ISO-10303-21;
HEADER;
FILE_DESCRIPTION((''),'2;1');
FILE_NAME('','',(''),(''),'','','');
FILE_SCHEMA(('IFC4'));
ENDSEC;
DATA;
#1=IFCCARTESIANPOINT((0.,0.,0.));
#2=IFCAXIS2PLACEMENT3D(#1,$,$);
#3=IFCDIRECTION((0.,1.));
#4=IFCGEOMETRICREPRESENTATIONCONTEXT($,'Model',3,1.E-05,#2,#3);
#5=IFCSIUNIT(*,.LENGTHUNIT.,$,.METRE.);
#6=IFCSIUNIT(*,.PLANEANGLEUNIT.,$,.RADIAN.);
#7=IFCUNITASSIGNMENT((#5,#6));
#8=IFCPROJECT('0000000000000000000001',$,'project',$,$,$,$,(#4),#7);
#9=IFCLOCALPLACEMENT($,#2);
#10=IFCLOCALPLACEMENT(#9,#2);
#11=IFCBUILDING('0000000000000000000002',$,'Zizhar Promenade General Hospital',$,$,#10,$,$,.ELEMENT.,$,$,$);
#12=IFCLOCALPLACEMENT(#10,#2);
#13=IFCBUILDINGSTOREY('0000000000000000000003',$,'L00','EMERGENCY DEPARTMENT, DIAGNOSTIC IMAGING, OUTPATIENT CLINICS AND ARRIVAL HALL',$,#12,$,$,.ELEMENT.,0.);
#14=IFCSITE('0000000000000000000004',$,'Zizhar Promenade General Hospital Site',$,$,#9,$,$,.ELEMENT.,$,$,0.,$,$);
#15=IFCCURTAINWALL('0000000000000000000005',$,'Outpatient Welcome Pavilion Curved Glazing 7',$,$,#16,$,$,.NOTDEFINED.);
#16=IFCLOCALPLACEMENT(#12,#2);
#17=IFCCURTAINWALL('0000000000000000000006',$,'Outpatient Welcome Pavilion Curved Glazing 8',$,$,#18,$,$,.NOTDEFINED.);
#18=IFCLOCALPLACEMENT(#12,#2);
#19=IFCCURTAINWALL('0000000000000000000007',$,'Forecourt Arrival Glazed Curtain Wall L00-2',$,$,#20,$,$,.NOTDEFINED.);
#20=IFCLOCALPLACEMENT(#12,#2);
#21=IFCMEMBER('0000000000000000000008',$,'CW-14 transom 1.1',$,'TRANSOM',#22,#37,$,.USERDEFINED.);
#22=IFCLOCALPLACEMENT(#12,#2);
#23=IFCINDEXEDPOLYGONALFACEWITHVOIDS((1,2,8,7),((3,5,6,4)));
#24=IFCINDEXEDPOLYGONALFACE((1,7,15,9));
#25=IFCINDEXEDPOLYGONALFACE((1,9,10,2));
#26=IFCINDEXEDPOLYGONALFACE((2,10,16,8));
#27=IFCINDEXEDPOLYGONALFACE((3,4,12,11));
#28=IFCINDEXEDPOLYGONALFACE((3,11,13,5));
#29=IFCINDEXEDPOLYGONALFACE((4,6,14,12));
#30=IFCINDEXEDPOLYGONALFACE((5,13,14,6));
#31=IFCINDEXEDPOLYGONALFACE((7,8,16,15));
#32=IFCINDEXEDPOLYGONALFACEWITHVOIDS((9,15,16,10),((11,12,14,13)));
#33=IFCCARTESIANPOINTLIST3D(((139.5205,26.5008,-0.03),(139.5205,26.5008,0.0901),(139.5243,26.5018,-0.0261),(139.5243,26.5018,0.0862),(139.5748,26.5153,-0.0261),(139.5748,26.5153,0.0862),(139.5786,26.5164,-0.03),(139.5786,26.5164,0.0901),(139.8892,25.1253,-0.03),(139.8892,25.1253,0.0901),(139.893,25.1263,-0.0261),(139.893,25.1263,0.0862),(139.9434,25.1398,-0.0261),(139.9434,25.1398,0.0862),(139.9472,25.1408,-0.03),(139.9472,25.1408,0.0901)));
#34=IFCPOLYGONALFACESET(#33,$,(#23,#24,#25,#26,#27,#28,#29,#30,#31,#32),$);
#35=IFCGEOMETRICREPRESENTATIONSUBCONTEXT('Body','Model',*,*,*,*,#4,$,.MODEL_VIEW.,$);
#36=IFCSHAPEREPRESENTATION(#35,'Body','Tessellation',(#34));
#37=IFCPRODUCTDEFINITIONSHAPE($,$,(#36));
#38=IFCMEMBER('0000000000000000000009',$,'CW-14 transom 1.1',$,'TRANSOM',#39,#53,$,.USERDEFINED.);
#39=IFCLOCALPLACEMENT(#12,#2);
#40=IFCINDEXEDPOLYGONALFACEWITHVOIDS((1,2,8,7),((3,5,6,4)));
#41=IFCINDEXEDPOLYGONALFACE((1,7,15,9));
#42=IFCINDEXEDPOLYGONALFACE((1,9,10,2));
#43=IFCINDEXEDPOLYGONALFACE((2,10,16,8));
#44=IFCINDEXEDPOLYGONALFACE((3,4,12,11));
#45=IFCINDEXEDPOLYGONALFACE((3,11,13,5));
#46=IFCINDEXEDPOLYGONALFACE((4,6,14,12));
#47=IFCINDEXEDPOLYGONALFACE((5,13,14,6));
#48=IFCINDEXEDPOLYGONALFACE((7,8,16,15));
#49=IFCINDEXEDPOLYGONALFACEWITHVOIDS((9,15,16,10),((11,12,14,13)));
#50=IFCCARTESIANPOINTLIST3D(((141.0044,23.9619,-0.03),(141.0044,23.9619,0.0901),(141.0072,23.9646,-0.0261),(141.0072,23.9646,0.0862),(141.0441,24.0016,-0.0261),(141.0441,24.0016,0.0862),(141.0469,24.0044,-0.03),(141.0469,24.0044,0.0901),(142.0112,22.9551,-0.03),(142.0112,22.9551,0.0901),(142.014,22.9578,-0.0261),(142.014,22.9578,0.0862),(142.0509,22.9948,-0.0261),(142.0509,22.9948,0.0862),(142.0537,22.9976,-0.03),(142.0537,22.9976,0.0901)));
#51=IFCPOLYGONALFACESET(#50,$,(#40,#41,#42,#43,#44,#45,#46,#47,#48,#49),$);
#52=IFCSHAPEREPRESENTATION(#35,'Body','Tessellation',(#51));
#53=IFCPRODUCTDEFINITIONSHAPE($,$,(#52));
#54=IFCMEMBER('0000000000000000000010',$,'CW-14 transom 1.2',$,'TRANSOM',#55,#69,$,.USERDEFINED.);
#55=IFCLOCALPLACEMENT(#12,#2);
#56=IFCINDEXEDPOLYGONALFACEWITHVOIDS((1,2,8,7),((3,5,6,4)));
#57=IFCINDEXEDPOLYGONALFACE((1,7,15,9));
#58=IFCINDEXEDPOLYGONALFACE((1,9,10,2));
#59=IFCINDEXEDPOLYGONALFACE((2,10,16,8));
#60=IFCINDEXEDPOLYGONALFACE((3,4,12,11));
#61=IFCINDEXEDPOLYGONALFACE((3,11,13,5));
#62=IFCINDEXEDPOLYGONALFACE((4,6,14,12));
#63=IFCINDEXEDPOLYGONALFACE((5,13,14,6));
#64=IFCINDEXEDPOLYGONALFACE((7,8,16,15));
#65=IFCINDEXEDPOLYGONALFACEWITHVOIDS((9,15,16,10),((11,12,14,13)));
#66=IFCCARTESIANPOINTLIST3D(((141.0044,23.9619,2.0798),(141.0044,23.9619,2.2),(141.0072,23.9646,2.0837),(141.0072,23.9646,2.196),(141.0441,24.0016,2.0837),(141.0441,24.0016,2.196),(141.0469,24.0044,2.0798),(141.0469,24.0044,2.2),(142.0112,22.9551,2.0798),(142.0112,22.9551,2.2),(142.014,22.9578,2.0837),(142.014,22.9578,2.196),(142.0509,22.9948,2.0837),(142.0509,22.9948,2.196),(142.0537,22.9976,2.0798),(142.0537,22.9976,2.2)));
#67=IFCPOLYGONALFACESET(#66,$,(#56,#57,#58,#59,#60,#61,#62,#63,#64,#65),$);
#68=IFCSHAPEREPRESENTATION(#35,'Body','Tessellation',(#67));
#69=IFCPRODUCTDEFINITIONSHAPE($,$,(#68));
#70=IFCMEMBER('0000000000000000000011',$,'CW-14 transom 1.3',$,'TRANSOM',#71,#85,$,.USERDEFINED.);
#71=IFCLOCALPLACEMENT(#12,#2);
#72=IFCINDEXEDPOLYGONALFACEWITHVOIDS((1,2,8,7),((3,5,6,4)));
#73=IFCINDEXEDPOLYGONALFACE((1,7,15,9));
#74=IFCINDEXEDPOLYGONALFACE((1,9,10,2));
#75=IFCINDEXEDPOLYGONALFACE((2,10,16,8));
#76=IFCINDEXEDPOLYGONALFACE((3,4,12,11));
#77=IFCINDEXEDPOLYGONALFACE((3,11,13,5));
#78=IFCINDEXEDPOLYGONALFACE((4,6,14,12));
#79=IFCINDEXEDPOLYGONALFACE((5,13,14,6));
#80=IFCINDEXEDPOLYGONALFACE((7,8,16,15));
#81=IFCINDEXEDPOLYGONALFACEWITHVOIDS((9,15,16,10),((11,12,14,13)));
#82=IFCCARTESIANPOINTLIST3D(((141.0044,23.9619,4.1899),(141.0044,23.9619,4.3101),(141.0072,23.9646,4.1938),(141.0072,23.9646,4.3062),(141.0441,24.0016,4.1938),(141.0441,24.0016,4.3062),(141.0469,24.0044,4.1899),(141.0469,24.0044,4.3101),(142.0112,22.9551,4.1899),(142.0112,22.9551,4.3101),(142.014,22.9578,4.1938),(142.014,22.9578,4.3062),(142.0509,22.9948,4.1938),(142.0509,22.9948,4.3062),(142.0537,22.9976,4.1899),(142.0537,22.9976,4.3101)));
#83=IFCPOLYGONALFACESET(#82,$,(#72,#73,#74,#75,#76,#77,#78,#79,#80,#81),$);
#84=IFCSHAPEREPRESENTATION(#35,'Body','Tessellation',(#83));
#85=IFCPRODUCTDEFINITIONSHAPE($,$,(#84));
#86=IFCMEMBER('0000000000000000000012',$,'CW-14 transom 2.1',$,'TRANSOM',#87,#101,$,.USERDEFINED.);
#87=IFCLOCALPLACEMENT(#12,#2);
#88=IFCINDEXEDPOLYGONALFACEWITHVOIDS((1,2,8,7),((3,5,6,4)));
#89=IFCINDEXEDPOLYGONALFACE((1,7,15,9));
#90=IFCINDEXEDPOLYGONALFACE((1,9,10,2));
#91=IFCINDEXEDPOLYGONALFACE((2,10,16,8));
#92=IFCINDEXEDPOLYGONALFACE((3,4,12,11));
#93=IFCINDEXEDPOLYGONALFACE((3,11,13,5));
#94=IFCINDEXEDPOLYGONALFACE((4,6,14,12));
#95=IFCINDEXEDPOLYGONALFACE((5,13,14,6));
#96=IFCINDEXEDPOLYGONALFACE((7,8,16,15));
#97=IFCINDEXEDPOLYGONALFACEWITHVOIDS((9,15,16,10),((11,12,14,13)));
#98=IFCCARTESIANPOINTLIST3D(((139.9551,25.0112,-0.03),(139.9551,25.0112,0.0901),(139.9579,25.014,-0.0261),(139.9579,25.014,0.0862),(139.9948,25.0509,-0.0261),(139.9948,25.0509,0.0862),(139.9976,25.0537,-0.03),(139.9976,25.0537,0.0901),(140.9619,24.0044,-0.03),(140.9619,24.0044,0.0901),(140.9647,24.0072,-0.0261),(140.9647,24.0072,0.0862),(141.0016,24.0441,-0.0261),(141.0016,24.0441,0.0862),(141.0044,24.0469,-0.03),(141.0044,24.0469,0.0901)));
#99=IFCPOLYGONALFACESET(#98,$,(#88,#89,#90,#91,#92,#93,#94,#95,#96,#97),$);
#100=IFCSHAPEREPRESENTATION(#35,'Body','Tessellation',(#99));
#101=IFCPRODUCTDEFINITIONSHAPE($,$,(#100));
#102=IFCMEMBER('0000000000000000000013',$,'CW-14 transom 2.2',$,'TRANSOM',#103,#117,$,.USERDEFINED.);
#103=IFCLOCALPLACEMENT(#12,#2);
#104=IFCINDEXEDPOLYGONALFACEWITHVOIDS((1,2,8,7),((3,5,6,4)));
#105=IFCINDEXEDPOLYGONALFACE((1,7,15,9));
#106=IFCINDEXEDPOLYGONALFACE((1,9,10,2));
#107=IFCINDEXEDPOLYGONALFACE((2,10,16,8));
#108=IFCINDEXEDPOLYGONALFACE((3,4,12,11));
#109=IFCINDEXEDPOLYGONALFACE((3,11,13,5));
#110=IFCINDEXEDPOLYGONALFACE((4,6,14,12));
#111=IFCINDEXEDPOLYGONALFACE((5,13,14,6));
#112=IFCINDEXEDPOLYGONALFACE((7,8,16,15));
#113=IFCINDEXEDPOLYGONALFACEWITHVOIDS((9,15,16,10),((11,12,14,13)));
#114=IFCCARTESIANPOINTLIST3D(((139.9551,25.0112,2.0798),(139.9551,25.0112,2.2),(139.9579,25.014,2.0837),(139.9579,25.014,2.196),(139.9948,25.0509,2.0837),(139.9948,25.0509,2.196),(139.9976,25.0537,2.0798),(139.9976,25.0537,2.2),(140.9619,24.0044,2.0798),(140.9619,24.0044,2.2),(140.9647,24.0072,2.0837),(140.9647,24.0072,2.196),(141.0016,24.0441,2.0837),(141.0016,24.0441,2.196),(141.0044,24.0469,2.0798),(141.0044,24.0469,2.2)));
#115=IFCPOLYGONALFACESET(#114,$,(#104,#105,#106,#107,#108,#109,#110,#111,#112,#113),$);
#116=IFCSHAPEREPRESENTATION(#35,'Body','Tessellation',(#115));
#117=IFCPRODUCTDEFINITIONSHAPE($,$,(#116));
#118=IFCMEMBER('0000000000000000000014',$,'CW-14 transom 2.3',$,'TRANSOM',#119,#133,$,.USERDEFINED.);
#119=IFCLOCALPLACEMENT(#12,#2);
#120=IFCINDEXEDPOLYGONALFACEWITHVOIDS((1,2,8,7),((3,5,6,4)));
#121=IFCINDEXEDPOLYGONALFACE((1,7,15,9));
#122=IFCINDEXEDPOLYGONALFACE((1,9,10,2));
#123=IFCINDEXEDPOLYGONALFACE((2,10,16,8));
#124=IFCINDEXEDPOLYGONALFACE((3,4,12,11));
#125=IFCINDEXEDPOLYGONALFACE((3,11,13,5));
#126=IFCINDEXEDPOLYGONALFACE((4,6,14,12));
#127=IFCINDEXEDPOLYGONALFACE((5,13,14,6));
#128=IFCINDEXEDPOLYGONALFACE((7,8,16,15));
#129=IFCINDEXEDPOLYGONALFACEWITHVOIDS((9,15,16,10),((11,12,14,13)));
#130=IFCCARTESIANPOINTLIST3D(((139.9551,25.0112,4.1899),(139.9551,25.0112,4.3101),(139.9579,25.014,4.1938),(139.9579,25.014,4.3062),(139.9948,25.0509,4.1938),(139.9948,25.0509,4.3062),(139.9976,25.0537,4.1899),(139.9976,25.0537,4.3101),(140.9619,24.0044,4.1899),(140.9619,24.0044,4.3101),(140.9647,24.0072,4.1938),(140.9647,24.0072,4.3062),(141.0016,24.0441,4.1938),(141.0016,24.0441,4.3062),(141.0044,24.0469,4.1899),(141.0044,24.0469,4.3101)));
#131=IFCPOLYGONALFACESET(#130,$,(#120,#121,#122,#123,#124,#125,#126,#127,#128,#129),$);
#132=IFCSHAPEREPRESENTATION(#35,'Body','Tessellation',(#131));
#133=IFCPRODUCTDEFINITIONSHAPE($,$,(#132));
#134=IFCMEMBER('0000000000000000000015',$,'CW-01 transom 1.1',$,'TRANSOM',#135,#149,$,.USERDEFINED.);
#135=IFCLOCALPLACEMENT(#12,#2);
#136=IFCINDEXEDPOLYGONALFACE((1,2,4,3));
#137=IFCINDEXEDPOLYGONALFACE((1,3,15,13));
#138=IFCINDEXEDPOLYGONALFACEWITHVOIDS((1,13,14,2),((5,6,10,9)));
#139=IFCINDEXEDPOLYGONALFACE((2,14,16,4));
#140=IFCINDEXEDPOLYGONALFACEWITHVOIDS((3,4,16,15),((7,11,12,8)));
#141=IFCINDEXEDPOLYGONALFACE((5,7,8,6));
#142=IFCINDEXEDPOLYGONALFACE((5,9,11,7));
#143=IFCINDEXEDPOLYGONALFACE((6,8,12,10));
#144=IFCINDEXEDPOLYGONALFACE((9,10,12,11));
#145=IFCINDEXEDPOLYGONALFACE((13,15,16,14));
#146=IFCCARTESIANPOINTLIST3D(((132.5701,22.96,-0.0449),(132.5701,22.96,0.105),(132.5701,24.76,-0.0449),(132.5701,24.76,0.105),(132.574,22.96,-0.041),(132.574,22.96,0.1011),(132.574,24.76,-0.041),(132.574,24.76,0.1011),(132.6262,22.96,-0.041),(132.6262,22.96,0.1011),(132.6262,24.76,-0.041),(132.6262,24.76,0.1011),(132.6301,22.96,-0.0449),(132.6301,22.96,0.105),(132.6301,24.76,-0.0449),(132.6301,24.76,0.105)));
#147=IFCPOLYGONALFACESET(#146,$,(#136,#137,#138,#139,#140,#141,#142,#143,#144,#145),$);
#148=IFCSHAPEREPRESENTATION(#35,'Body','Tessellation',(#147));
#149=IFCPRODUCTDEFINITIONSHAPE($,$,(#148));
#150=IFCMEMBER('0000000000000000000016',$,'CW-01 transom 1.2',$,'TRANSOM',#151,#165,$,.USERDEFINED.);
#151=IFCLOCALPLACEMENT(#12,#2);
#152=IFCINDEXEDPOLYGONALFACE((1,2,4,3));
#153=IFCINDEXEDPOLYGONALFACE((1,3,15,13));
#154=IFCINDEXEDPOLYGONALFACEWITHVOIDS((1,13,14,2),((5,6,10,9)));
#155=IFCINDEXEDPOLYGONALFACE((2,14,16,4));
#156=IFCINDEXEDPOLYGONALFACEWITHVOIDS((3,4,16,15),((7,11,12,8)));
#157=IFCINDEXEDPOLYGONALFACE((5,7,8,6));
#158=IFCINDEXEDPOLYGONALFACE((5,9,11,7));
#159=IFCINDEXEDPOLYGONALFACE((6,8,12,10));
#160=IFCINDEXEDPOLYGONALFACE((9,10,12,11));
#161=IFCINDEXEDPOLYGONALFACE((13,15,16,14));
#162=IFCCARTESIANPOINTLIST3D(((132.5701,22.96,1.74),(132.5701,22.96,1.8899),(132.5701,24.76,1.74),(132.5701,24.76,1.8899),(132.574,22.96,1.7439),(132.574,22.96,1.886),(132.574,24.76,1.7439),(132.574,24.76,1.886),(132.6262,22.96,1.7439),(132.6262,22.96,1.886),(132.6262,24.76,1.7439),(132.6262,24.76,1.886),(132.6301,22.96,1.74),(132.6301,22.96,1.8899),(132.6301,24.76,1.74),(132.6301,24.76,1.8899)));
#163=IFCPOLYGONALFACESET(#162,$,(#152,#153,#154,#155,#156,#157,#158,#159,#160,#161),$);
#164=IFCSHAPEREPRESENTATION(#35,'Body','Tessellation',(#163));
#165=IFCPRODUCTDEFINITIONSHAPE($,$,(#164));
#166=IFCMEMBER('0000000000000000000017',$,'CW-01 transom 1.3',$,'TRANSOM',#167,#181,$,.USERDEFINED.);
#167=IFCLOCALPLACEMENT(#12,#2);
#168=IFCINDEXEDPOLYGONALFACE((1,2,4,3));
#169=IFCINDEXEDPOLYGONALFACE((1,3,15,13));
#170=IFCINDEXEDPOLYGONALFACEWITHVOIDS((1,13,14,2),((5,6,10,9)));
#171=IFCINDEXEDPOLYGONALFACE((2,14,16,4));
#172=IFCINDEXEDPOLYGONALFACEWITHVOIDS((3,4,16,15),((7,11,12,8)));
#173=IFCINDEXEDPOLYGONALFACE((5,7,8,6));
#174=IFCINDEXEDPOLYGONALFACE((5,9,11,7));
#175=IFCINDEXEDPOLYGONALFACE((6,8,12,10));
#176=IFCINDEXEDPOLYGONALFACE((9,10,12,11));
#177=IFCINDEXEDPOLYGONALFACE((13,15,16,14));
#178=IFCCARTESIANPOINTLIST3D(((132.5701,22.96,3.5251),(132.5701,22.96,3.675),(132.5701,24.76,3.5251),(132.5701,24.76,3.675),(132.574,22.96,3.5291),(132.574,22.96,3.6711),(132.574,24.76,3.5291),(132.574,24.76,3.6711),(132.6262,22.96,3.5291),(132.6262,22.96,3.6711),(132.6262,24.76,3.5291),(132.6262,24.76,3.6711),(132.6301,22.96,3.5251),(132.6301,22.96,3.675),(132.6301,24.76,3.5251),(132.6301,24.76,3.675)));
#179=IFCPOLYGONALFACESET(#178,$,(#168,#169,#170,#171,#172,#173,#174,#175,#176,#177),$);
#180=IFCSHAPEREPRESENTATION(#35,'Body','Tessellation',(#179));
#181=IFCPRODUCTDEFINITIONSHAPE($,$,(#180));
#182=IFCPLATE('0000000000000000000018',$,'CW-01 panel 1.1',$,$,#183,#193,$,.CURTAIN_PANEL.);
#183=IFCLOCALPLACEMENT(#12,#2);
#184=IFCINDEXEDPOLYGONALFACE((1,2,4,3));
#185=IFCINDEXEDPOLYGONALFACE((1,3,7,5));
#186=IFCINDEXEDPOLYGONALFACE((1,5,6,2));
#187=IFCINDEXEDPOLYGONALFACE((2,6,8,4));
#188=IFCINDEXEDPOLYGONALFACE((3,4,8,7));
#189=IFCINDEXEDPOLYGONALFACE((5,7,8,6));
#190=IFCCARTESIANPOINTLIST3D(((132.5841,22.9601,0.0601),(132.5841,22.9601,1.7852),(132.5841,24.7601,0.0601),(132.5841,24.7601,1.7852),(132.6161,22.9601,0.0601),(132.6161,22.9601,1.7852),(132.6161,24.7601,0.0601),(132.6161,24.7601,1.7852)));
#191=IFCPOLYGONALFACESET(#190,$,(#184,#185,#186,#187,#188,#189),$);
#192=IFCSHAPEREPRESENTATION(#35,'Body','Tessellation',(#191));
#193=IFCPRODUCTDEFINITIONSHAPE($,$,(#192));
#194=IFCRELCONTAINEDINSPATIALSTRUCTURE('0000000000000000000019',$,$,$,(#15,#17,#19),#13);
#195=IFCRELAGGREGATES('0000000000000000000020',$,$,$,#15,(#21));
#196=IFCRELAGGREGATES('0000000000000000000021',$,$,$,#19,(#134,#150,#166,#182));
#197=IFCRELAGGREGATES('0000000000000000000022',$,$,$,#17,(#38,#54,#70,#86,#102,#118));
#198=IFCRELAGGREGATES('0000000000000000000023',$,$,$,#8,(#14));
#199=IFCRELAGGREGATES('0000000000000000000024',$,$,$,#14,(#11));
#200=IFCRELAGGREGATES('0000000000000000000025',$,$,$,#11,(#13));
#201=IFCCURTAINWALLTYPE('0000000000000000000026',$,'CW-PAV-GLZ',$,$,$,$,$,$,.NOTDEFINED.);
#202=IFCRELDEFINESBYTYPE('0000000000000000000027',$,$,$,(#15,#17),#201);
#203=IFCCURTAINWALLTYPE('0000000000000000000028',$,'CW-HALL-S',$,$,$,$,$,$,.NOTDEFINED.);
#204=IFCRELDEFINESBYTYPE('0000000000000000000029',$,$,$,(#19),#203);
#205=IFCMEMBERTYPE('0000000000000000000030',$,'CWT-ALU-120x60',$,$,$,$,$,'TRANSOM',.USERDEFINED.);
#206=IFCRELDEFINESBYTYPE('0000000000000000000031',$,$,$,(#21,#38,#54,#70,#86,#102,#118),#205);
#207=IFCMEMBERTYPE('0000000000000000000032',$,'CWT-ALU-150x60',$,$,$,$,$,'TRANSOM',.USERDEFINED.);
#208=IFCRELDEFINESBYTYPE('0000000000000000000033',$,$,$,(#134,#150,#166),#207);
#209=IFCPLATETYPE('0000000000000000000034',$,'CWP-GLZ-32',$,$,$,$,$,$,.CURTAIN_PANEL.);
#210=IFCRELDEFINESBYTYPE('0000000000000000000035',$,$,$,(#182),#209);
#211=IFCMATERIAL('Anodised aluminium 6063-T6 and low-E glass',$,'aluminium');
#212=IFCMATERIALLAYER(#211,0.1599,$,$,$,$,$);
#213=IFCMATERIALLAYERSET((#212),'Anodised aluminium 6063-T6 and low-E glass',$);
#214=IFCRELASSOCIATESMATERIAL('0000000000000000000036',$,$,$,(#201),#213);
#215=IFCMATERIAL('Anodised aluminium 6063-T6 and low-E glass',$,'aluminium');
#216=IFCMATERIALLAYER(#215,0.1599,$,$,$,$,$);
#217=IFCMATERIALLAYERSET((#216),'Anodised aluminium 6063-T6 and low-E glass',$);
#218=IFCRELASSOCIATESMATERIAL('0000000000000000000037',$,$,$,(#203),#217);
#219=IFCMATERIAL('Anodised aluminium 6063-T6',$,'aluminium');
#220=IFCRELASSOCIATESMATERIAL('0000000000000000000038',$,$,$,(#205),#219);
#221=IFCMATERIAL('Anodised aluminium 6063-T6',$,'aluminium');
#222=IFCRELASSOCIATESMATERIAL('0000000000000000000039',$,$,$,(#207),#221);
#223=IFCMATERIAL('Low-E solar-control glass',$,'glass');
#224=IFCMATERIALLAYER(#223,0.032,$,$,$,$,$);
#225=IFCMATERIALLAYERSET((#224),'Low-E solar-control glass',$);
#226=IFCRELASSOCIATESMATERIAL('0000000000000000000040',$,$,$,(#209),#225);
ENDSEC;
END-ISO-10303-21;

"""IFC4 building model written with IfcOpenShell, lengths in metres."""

from ifc_helpers import new_model, si_unit, direction, frame, origin, origin_2d, place, context, subcontext, project, spatial, rectangle, hollow_rectangle, extrude, material, layer, layer_set, material_profile, profile_set, type_object, element, aggregate, save


model = new_model("IFC4")

# Units and contexts
model_context = context("Model", 3, precision=1e-05, world=origin(), true_north=direction((0.0, 1.0)))
body_context = subcontext(model_context, "Body", "Model", "MODEL_VIEW")
ifc_project = project(units=[si_unit("LENGTHUNIT", "METRE"), si_unit("PLANEANGLEUNIT", "RADIAN")], contexts=[model_context])

# Site, building, storey
site_placement = place(None, origin())
site = spatial("IfcSite", under=ifc_project, at=site_placement, Name="Zizhar Promenade General Hospital Site", CompositionType="ELEMENT", RefElevation=0.0)
building_placement = place(site_placement, origin())
building = spatial("IfcBuilding", under=site, at=building_placement, Name="Zizhar Promenade General Hospital", CompositionType="ELEMENT")
storey_placement = place(building_placement, origin())
storey = spatial("IfcBuildingStorey", under=building, at=storey_placement, Name="L00", Description="EMERGENCY DEPARTMENT, DIAGNOSTIC IMAGING, OUTPATIENT CLINICS AND ARRIVAL HALL", CompositionType="ELEMENT", Elevation=0.0)

# Curtain wall
ifc_material_1 = material(Name="Anodised aluminium 6063-T6 and low-E glass", Category="aluminium")
ifc_layer_1 = layer(ifc_material_1, 0.1599)
ifc_layer_set_1 = layer_set([ifc_layer_1], Name="Anodised aluminium 6063-T6 and low-E glass")
curtain_wall_type_1 = type_object("IfcCurtainWallType", Name="CW-PAV-GLZ", PredefinedType="NOTDEFINED", material=ifc_layer_set_1)
curtain_wall_1_placement = place(storey_placement, origin())
curtain_wall_1 = element("IfcCurtainWall", 1, at=curtain_wall_1_placement, inside=storey, type_object=curtain_wall_type_1, Name="Outpatient Welcome Pavilion Curved Glazing 7", PredefinedType="NOTDEFINED")

# Curtain wall
curtain_wall_2_placement = place(storey_placement, origin())
curtain_wall_2 = element("IfcCurtainWall", 2, at=curtain_wall_2_placement, inside=storey, type_object=curtain_wall_type_1, Name="Outpatient Welcome Pavilion Curved Glazing 8", PredefinedType="NOTDEFINED")

# Curtain wall
ifc_material_2 = material(Name="Anodised aluminium 6063-T6 and low-E glass", Category="aluminium")
ifc_layer_2 = layer(ifc_material_2, 0.1599)
ifc_layer_set_2 = layer_set([ifc_layer_2], Name="Anodised aluminium 6063-T6 and low-E glass")
curtain_wall_type_2 = type_object("IfcCurtainWallType", Name="CW-HALL-S", PredefinedType="NOTDEFINED", material=ifc_layer_set_2)
curtain_wall_3_placement = place(storey_placement, origin())
curtain_wall_3 = element("IfcCurtainWall", 3, at=curtain_wall_3_placement, inside=storey, type_object=curtain_wall_type_2, Name="Forecourt Arrival Glazed Curtain Wall L00-2", PredefinedType="NOTDEFINED")

# Members
ifc_material_3 = material(Name="Anodised aluminium 6063-T6", Category="aluminium")
ifc_material_profile_1 = material_profile(ifc_material_3, hollow_rectangle(XDim=0.0601, YDim=0.1201, WallThickness=0.0039, at=origin_2d()))
ifc_profile_set_1 = profile_set([ifc_material_profile_1], Name="Anodised aluminium 6063-T6")
member_type_1 = type_object("IfcMemberType", Name="CWT-ALU-120x60", ElementType="TRANSOM", PredefinedType="USERDEFINED", material=ifc_profile_set_1)
member_1_placement = place(storey_placement, frame((139.9182, 25.1331, 0.03), z_axis=(-0.258879, 0.96591, 0.0), x_axis=(-0.96591, -0.258879, 0.0)))
member_1 = element("IfcMember", 4, at=member_1_placement, type_object=member_type_1, Name="CW-14 transom 1.1", ObjectType="TRANSOM", PredefinedType="USERDEFINED", context=body_context, shape_type="SweptSolid", body=[
    extrude(hollow_rectangle(XDim=0.0601, YDim=0.1201, WallThickness=0.0039, at=origin_2d()), origin(), (0.0, 0.0, 1.0), 1.4241),
])
aggregate(curtain_wall_1, [member_1])
member_2_placement = place(storey_placement, frame((142.0325, 22.9763, 0.03), z_axis=(-0.707107, 0.707107, 0.0), x_axis=(-0.707107, -0.707107, 0.0)))
member_2 = element("IfcMember", 5, at=member_2_placement, type_object=member_type_1, Name="CW-14 transom 1.1", ObjectType="TRANSOM", PredefinedType="USERDEFINED", context=body_context, shape_type="SweptSolid", body=[
    extrude(hollow_rectangle(XDim=0.0601, YDim=0.1201, WallThickness=0.0039, at=origin_2d()), origin(), (0.0, 0.0, 1.0), 1.4238),
])
member_3_placement = place(storey_placement, frame((142.0325, 22.9763, 2.1399), z_axis=(-0.707107, 0.707107, 0.0), x_axis=(-0.707107, -0.707107, 0.0)))
member_3 = element("IfcMember", 6, at=member_3_placement, type_object=member_type_1, Name="CW-14 transom 1.2", ObjectType="TRANSOM", PredefinedType="USERDEFINED", context=body_context, shape_type="SweptSolid", body=[
    extrude(hollow_rectangle(XDim=0.0601, YDim=0.1201, WallThickness=0.0039, at=origin_2d()), origin(), (0.0, 0.0, 1.0), 1.4238),
])
member_4_placement = place(storey_placement, frame((142.0325, 22.9763, 4.25), z_axis=(-0.707107, 0.707107, 0.0), x_axis=(-0.707107, -0.707107, 0.0)))
member_4 = element("IfcMember", 7, at=member_4_placement, type_object=member_type_1, Name="CW-14 transom 1.3", ObjectType="TRANSOM", PredefinedType="USERDEFINED", context=body_context, shape_type="SweptSolid", body=[
    extrude(hollow_rectangle(XDim=0.0601, YDim=0.1201, WallThickness=0.0039, at=origin_2d()), origin(), (0.0, 0.0, 1.0), 1.4238),
])
member_5_placement = place(storey_placement, frame((140.9832, 24.0256, 0.03), z_axis=(-0.707107, 0.707107, 0.0), x_axis=(-0.707107, -0.707107, 0.0)))
member_5 = element("IfcMember", 8, at=member_5_placement, type_object=member_type_1, Name="CW-14 transom 2.1", ObjectType="TRANSOM", PredefinedType="USERDEFINED", context=body_context, shape_type="SweptSolid", body=[
    extrude(hollow_rectangle(XDim=0.0601, YDim=0.1201, WallThickness=0.0039, at=origin_2d()), origin(), (0.0, 0.0, 1.0), 1.4238),
])
member_6_placement = place(storey_placement, frame((140.9832, 24.0256, 2.1399), z_axis=(-0.707107, 0.707107, 0.0), x_axis=(-0.707107, -0.707107, 0.0)))
member_6 = element("IfcMember", 9, at=member_6_placement, type_object=member_type_1, Name="CW-14 transom 2.2", ObjectType="TRANSOM", PredefinedType="USERDEFINED", context=body_context, shape_type="SweptSolid", body=[
    extrude(hollow_rectangle(XDim=0.0601, YDim=0.1201, WallThickness=0.0039, at=origin_2d()), origin(), (0.0, 0.0, 1.0), 1.4238),
])
member_7_placement = place(storey_placement, frame((140.9832, 24.0256, 4.25), z_axis=(-0.707107, 0.707107, 0.0), x_axis=(-0.707107, -0.707107, 0.0)))
member_7 = element("IfcMember", 10, at=member_7_placement, type_object=member_type_1, Name="CW-14 transom 2.3", ObjectType="TRANSOM", PredefinedType="USERDEFINED", context=body_context, shape_type="SweptSolid", body=[
    extrude(hollow_rectangle(XDim=0.0601, YDim=0.1201, WallThickness=0.0039, at=origin_2d()), origin(), (0.0, 0.0, 1.0), 1.4238),
])
ifc_material_4 = material(Name="Anodised aluminium 6063-T6", Category="aluminium")
ifc_material_profile_2 = material_profile(ifc_material_4, hollow_rectangle(XDim=0.0601, YDim=0.1499, WallThickness=0.0039, at=origin_2d()))
ifc_profile_set_2 = profile_set([ifc_material_profile_2], Name="Anodised aluminium 6063-T6")
member_type_2 = type_object("IfcMemberType", Name="CWT-ALU-150x60", ElementType="TRANSOM", PredefinedType="USERDEFINED", material=ifc_profile_set_2)
member_8_placement = place(storey_placement, frame((132.6001, 24.76, 0.03), z_axis=(0.0, -1.0, 0.0), x_axis=(1.0, 0.0, 0.0)))
member_8 = element("IfcMember", 11, at=member_8_placement, type_object=member_type_2, Name="CW-01 transom 1.1", ObjectType="TRANSOM", PredefinedType="USERDEFINED", context=body_context, shape_type="SweptSolid", body=[
    extrude(hollow_rectangle(XDim=0.0601, YDim=0.1499, WallThickness=0.0039, at=origin_2d()), origin(), (0.0, 0.0, 1.0), 1.8),
])
member_9_placement = place(storey_placement, frame((132.6001, 24.76, 1.8149), z_axis=(0.0, -1.0, 0.0), x_axis=(1.0, 0.0, 0.0)))
member_9 = element("IfcMember", 12, at=member_9_placement, type_object=member_type_2, Name="CW-01 transom 1.2", ObjectType="TRANSOM", PredefinedType="USERDEFINED", context=body_context, shape_type="SweptSolid", body=[
    extrude(hollow_rectangle(XDim=0.0601, YDim=0.1499, WallThickness=0.0039, at=origin_2d()), origin(), (0.0, 0.0, 1.0), 1.8),
])
member_10_placement = place(storey_placement, frame((132.6001, 24.76, 3.6001), z_axis=(0.0, -1.0, 0.0), x_axis=(1.0, 0.0, 0.0)))
member_10 = element("IfcMember", 13, at=member_10_placement, type_object=member_type_2, Name="CW-01 transom 1.3", ObjectType="TRANSOM", PredefinedType="USERDEFINED", context=body_context, shape_type="SweptSolid", body=[
    extrude(hollow_rectangle(XDim=0.0601, YDim=0.1499, WallThickness=0.0039, at=origin_2d()), origin(), (0.0, 0.0, 1.0), 1.8),
])

# Plate
ifc_material_5 = material(Name="Low-E solar-control glass", Category="glass")
ifc_layer_3 = layer(ifc_material_5, 0.032)
ifc_layer_set_3 = layer_set([ifc_layer_3], Name="Low-E solar-control glass")
plate_type = type_object("IfcPlateType", Name="CWP-GLZ-32", PredefinedType="CURTAIN_PANEL", material=ifc_layer_set_3)
plate_1_placement = place(storey_placement, frame((132.6001, 23.8601, 0.0601), z_axis=(0.0, 0.0, 1.0), x_axis=(0.0, -1.0, 0.0)))
plate_1 = element("IfcPlate", 14, at=plate_1_placement, type_object=plate_type, Name="CW-01 panel 1.1", PredefinedType="CURTAIN_PANEL", context=body_context, shape_type="SweptSolid", body=[
    extrude(rectangle(XDim=1.8, YDim=0.032, at=origin_2d()), origin(), (0.0, 0.0, 1.0), 1.7251),
])
aggregate(curtain_wall_3, [member_8, member_9, member_10, plate_1])
aggregate(curtain_wall_2, [member_2, member_3, member_4, member_5, member_6, member_7])

save(model, "model.ifc")
